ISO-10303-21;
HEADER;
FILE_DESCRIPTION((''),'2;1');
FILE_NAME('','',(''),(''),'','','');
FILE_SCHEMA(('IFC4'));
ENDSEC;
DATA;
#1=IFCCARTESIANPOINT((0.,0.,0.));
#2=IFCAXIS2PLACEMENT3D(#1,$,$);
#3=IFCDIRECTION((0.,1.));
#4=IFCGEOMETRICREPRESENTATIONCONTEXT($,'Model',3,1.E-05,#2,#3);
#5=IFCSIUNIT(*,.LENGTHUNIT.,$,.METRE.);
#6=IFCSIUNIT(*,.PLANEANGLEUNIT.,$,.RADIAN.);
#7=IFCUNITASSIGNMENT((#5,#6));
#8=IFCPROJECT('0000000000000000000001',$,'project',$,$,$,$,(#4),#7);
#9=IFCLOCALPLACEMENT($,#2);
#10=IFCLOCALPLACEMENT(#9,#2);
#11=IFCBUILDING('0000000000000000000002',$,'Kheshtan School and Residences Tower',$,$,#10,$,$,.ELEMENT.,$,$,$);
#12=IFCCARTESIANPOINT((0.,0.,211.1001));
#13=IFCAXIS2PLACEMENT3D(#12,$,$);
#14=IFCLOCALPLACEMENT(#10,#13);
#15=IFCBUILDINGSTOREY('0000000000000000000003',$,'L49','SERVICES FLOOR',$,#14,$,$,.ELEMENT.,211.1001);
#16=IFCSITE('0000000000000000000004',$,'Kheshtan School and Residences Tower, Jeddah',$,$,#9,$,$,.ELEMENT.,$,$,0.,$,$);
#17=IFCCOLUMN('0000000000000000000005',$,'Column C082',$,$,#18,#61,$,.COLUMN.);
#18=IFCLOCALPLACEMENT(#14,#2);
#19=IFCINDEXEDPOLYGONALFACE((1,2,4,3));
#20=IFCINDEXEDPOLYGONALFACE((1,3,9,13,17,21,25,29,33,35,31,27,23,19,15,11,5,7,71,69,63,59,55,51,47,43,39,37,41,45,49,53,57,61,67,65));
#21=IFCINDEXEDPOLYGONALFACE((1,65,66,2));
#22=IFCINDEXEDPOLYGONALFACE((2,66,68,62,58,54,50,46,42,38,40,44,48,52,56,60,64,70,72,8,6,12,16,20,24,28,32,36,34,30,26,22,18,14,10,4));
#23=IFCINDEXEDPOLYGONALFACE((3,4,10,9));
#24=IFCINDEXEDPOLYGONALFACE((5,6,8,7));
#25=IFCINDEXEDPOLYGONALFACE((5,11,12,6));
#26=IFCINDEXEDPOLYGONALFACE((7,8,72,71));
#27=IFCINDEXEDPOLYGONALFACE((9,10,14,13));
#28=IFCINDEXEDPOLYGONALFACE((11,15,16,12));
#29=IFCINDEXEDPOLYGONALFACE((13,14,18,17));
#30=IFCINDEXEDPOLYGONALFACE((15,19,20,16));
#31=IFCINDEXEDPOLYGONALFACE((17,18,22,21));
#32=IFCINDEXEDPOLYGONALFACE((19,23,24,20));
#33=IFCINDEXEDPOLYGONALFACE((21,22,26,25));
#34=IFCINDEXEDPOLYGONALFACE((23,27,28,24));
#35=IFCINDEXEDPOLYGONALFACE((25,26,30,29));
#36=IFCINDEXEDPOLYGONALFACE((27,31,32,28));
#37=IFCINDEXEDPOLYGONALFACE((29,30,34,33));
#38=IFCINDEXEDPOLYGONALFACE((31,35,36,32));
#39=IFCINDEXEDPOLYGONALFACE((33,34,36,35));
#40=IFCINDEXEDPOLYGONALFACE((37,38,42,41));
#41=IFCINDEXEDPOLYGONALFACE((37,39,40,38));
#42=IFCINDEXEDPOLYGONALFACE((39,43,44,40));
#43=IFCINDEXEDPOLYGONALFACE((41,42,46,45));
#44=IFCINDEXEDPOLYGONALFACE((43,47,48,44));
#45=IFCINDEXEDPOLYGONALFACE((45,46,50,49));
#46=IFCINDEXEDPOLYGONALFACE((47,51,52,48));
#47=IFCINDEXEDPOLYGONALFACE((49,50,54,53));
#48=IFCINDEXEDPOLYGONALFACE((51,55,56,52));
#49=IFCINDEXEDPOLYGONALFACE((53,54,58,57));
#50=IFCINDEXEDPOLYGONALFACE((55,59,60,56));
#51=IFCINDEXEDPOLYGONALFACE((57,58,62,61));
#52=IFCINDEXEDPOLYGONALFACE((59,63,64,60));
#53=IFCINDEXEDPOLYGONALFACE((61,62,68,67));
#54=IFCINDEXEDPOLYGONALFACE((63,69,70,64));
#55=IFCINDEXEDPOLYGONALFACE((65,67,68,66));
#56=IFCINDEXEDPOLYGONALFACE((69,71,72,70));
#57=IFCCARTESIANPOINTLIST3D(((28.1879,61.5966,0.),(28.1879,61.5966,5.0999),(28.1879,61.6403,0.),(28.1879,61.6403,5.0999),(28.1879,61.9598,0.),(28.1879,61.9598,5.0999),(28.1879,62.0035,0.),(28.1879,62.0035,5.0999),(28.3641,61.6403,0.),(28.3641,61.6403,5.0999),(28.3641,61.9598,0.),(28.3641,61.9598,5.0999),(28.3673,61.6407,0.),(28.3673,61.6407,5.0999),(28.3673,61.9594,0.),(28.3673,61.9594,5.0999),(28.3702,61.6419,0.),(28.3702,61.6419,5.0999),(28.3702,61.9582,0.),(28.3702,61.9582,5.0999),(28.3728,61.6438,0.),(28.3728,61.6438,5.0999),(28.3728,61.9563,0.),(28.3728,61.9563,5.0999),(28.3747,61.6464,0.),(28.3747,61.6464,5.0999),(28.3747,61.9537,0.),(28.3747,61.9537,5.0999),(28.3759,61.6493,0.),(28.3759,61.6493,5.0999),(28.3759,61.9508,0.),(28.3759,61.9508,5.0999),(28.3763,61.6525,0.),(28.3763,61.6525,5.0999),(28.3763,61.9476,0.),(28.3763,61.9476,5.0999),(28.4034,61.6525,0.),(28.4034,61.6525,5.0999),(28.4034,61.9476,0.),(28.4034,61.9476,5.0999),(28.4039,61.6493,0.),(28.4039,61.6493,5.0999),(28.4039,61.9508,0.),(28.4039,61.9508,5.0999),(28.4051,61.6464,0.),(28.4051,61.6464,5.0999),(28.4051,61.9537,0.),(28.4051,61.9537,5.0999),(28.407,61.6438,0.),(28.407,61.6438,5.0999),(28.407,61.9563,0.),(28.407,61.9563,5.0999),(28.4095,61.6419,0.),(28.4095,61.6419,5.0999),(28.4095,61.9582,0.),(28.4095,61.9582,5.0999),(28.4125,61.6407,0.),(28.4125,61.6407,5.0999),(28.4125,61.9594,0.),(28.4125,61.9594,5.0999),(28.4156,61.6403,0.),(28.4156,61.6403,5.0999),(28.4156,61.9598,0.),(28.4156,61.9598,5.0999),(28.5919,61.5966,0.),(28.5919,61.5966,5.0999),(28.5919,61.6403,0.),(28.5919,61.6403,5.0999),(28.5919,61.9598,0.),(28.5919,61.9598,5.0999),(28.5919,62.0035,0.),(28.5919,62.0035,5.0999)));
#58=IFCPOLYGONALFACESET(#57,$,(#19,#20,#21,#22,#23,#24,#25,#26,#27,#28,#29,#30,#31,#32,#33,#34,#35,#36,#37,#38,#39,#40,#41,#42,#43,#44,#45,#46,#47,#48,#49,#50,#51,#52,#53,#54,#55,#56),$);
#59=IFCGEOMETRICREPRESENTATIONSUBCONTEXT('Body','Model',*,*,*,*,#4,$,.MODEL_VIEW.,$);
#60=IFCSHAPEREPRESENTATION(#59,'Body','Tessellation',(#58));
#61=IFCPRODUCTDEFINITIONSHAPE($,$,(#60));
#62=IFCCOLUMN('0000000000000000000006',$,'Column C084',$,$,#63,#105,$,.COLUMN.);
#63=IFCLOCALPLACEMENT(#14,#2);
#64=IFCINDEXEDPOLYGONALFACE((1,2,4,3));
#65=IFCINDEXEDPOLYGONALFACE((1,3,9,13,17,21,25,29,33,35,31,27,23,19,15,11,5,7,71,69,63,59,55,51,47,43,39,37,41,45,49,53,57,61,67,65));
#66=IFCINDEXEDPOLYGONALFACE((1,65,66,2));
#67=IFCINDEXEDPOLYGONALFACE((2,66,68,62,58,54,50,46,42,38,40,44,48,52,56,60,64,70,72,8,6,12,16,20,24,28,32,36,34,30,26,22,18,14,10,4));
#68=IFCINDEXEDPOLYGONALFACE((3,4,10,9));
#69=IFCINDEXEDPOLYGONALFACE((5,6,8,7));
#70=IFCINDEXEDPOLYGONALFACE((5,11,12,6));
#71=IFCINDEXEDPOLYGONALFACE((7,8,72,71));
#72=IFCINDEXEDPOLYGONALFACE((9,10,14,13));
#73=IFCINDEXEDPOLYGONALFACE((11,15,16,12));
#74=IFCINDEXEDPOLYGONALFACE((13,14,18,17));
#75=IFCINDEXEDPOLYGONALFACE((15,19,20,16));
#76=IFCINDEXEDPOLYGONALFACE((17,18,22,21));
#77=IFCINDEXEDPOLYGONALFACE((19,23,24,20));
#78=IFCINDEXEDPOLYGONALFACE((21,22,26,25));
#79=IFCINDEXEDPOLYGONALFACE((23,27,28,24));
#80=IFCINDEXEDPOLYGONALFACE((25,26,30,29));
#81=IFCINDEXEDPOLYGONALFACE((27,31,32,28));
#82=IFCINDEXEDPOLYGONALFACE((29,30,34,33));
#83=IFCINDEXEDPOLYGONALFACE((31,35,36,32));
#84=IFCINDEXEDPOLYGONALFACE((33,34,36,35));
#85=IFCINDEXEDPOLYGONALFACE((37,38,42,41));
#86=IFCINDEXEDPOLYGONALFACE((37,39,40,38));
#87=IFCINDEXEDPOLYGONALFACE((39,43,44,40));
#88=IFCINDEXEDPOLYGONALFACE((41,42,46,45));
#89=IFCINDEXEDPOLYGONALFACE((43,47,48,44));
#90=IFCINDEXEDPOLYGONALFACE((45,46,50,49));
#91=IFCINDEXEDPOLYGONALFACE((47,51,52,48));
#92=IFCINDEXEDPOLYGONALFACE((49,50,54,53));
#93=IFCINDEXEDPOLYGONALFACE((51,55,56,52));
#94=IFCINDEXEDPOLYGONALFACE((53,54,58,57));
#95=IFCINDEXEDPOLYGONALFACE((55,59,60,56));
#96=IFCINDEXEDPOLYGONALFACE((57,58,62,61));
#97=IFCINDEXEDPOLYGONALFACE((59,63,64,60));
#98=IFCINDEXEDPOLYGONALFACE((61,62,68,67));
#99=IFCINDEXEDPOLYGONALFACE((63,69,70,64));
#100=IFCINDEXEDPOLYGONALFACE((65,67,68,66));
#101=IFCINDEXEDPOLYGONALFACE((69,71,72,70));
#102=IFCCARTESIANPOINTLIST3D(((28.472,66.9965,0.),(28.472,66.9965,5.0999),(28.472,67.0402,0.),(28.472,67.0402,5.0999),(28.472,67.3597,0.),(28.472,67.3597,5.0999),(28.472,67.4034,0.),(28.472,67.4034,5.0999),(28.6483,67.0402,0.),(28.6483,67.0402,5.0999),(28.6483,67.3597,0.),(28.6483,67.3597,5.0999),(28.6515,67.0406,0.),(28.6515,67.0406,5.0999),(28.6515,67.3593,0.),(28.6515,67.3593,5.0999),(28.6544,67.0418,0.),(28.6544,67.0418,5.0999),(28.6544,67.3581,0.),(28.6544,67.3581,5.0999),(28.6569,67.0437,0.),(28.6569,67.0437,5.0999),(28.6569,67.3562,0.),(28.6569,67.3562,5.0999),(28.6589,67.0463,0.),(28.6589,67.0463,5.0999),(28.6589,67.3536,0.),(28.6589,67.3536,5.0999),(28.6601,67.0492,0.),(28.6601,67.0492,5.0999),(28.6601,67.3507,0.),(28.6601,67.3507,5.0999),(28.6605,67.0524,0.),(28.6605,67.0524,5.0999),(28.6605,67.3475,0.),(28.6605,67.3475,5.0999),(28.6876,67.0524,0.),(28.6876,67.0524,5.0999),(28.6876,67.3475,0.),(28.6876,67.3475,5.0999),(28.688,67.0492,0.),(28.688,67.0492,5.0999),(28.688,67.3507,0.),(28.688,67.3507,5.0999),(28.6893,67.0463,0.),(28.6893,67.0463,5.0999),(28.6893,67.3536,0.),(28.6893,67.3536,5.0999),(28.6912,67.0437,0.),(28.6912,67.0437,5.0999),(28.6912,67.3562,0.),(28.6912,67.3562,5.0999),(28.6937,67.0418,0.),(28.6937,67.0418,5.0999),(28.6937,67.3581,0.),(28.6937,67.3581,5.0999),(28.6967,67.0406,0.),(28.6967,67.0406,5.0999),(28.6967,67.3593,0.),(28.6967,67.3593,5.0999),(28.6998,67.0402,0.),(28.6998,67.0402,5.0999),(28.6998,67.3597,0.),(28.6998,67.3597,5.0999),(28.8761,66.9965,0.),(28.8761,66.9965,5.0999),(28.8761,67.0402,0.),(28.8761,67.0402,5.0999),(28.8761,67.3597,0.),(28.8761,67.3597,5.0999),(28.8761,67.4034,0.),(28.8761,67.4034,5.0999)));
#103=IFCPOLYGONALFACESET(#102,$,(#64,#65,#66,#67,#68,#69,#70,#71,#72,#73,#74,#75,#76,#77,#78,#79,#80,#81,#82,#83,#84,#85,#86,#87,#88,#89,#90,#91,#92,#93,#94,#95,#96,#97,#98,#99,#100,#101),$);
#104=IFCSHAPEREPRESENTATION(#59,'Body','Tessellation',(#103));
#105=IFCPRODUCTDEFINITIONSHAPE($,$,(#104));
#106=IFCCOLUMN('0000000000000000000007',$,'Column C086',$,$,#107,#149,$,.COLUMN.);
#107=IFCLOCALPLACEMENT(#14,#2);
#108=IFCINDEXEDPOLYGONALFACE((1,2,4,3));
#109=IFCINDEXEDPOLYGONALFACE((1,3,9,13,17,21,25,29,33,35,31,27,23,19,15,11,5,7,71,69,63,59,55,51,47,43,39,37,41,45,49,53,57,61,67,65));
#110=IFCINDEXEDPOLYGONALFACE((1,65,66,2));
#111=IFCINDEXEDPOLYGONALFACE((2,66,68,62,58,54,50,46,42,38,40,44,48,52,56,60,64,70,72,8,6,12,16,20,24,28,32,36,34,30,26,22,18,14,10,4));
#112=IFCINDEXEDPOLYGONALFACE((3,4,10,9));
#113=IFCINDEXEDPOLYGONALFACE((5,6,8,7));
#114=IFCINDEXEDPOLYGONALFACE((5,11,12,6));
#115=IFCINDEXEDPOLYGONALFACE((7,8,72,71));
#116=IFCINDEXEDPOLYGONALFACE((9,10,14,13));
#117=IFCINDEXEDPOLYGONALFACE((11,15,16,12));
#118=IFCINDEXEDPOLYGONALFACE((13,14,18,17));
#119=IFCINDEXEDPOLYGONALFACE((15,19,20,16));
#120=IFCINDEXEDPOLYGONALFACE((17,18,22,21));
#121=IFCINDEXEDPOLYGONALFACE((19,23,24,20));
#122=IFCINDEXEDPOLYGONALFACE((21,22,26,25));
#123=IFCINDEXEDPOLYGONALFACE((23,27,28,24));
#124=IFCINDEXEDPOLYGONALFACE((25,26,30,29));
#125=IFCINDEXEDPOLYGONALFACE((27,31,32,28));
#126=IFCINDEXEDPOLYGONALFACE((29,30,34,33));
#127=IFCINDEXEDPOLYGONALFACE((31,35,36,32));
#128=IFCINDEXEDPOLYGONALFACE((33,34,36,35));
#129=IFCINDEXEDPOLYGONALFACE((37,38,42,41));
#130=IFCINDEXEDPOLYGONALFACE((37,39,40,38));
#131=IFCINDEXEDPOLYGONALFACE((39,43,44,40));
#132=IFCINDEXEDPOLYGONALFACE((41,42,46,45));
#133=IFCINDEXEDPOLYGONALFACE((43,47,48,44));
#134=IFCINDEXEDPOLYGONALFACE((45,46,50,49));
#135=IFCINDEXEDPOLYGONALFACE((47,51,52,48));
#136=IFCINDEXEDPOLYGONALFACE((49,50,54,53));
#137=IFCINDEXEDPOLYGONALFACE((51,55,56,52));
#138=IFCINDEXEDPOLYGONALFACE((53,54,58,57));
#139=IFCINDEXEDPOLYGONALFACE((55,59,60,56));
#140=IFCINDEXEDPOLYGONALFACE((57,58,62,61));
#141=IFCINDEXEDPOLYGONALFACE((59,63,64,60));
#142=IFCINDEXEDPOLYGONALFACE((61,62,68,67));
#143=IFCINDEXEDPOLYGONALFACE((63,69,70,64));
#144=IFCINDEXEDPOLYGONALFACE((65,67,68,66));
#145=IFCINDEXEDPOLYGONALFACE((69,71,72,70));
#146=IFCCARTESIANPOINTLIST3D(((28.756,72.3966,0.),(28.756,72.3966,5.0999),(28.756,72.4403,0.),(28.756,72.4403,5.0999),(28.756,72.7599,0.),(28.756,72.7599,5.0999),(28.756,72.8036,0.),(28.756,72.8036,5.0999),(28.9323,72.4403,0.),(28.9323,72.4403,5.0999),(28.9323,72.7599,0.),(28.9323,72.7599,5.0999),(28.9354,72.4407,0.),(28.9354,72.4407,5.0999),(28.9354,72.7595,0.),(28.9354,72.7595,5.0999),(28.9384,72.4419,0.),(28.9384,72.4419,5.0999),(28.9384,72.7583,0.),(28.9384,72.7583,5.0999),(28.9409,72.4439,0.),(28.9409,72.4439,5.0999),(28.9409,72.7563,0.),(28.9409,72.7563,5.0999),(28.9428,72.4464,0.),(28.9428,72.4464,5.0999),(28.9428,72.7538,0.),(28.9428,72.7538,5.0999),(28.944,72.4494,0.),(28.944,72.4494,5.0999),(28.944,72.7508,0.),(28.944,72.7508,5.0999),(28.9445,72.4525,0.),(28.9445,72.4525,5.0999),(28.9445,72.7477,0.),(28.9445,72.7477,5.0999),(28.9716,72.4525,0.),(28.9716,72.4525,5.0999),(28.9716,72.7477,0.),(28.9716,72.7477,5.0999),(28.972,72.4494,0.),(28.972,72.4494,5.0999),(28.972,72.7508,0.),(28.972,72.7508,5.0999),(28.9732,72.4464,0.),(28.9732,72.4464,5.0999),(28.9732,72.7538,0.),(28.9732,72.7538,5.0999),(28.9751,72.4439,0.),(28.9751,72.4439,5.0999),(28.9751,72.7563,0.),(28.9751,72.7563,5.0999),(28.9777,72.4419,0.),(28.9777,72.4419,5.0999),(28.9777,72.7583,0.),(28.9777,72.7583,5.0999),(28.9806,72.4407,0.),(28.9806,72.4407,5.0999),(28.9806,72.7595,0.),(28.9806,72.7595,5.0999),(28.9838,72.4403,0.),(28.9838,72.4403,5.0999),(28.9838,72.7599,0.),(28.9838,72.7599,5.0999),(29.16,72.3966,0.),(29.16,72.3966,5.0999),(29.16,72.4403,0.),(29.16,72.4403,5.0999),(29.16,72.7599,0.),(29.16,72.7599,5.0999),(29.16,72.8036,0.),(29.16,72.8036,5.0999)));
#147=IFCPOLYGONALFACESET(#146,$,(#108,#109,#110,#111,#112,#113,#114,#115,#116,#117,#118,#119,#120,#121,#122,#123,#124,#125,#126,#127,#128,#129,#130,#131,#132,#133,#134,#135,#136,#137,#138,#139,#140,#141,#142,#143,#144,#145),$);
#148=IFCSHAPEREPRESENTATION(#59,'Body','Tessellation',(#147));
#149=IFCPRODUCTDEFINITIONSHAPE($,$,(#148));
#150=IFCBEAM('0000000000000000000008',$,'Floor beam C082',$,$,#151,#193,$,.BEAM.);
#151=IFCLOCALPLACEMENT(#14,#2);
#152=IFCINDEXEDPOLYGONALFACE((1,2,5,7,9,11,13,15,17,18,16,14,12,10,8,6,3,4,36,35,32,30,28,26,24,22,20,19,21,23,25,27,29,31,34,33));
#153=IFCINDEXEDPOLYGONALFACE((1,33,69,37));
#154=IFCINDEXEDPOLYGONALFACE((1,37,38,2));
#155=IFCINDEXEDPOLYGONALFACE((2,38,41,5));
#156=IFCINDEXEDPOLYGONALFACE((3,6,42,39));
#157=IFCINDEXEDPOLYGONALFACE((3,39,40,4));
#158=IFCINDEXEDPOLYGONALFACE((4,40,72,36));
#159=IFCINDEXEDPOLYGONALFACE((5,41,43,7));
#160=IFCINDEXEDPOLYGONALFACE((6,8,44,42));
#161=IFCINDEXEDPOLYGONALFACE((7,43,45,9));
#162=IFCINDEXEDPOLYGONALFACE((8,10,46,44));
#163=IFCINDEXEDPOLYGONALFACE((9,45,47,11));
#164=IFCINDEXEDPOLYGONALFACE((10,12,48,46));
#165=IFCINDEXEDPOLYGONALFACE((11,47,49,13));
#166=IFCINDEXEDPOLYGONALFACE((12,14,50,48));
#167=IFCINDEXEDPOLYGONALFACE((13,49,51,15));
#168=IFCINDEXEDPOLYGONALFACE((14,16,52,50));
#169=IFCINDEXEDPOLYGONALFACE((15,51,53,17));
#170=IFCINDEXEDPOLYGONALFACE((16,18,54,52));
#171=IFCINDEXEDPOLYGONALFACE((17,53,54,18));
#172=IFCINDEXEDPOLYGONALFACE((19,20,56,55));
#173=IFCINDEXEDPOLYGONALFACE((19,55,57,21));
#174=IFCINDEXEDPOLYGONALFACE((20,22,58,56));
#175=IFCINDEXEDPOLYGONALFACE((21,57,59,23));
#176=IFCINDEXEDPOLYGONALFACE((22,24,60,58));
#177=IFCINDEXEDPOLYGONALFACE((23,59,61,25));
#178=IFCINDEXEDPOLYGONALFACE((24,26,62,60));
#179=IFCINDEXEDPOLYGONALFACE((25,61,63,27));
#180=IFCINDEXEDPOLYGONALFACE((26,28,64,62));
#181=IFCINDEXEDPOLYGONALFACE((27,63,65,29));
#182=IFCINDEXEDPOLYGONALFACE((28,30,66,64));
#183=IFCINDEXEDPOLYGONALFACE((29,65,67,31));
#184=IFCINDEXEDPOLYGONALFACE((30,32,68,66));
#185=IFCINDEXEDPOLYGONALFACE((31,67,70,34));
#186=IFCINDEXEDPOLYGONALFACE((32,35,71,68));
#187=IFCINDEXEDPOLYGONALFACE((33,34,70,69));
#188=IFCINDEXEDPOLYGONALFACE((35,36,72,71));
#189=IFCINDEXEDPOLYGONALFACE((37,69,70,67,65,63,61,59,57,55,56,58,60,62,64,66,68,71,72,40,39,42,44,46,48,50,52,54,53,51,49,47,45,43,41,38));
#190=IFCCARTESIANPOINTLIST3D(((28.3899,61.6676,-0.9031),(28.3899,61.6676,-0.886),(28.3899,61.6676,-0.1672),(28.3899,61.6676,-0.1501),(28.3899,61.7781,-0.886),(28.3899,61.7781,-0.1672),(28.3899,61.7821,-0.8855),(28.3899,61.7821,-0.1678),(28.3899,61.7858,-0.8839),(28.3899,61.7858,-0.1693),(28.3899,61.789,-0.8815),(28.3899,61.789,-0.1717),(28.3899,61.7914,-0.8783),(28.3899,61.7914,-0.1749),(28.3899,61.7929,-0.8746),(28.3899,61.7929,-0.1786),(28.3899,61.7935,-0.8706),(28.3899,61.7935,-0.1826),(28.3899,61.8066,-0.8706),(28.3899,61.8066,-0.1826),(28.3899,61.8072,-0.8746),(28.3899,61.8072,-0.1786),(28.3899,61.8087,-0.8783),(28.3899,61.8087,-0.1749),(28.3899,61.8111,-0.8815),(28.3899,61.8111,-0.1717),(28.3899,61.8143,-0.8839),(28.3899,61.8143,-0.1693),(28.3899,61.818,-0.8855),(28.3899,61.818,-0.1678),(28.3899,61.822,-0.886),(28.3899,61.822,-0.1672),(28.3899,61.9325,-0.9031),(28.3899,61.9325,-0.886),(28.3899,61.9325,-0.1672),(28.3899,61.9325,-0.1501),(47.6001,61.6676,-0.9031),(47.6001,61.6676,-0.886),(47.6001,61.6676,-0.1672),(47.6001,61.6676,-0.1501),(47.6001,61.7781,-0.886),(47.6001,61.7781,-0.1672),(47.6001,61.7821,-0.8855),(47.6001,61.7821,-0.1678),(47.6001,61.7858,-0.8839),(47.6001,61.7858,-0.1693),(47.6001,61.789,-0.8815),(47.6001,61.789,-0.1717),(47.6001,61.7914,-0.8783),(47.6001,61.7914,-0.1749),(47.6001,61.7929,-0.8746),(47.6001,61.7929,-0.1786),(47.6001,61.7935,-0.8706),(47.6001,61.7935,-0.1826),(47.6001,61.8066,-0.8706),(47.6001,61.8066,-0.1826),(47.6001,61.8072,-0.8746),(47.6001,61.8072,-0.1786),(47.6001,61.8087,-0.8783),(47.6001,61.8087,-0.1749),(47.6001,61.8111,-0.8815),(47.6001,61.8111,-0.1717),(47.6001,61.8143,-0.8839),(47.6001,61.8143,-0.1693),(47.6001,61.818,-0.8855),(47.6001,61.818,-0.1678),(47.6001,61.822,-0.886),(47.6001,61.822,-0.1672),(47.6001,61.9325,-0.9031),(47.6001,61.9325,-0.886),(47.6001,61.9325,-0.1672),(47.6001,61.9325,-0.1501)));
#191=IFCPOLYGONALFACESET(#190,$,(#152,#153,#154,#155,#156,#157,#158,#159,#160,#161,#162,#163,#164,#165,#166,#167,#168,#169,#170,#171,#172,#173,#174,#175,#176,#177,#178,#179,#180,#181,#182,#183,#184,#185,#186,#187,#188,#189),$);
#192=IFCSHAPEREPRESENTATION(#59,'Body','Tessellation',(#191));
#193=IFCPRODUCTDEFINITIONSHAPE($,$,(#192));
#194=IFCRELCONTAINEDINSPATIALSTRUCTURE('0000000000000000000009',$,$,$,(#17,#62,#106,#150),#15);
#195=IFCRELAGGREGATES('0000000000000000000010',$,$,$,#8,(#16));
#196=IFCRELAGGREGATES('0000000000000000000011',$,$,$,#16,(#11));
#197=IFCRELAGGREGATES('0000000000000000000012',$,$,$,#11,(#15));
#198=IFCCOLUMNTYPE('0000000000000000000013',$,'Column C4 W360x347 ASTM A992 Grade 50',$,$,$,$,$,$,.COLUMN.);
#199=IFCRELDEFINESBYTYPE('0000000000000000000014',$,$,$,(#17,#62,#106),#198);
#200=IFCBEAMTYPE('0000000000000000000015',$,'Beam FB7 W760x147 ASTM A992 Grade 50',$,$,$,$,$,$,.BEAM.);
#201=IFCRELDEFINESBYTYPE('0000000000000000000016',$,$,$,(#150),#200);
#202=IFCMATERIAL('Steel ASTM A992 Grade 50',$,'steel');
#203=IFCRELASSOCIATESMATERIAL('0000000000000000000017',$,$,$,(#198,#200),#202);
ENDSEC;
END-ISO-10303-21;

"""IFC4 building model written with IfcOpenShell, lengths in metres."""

from ifc_helpers import new_model, si_unit, direction, frame, origin, origin_2d, place, context, subcontext, project, spatial, i_section, extrude, material, material_profile, profile_set, type_object, element, save


model = new_model("IFC4")

# Units and contexts
model_context = context("Model", 3, precision=1e-05, world=origin(), true_north=direction((0.0, 1.0)))
body_context = subcontext(model_context, "Body", "Model", "MODEL_VIEW")
ifc_project = project(units=[si_unit("LENGTHUNIT", "METRE"), si_unit("PLANEANGLEUNIT", "RADIAN")], contexts=[model_context])

# Site, building, storey
site_placement = place(None, origin())
site = spatial("IfcSite", under=ifc_project, at=site_placement, Name="Kheshtan School and Residences Tower, Jeddah", CompositionType="ELEMENT", RefElevation=0.0)
building_placement = place(site_placement, origin())
building = spatial("IfcBuilding", under=site, at=building_placement, Name="Kheshtan School and Residences Tower", CompositionType="ELEMENT")
storey_placement = place(building_placement, frame((0.0, 0.0, 211.1001)))
storey = spatial("IfcBuildingStorey", under=building, at=storey_placement, Name="L49", Description="SERVICES FLOOR", CompositionType="ELEMENT", Elevation=211.1001)

# Columns
ifc_material_1 = material(Name="Steel ASTM A992 Grade 50", Category="steel")
ifc_material_profile_1 = material_profile(ifc_material_1, i_section(OverallWidth=0.4041, OverallDepth=0.407, WebThickness=0.0271, FlangeThickness=0.0437, FilletRadius=0.0122, at=origin_2d()), Name="W360x347")
ifc_profile_set_1 = profile_set([ifc_material_profile_1], Name="Steel ASTM A992 Grade 50")
column_type = type_object("IfcColumnType", Name="Column C4 W360x347 ASTM A992 Grade 50", PredefinedType="COLUMN", material=ifc_profile_set_1)
for number, where, z_axis, x_axis, name in (
    (1, (28.3899, 61.8, 0.0), (0.0, 0.0, 1.0), (1.0, 0.0, 0.0), "Column C082"),
    (2, (28.6741, 67.2, 0.0), (0.0, 0.0, 1.0), (1.0, 0.0, 0.0), "Column C084"),
    (3, (28.958, 72.6001, 0.0), (0.0, 0.0, 1.0), (1.0, 0.0, 0.0), "Column C086"),
):
    element("IfcColumn", number, at=place(storey_placement, frame(where, z_axis=z_axis, x_axis=x_axis)), inside=storey, type_object=column_type, Name=name, PredefinedType="COLUMN", context=body_context, shape_type="SweptSolid", body=[
        extrude(i_section(OverallWidth=0.4041, OverallDepth=0.407, WebThickness=0.0271, FlangeThickness=0.0437, FilletRadius=0.0122, at=origin_2d()), origin(), (0.0, 0.0, 1.0), 5.0999),
    ])

# Beam
ifc_material_profile_2 = material_profile(ifc_material_1, i_section(OverallWidth=0.2649, OverallDepth=0.7529, WebThickness=0.0132, FlangeThickness=0.0171, FilletRadius=0.0154, at=origin_2d()), Name="W760x147")
ifc_profile_set_2 = profile_set([ifc_material_profile_2], Name="Steel ASTM A992 Grade 50")
beam_type_1 = type_object("IfcBeamType", Name="Beam FB7 W760x147 ASTM A992 Grade 50", PredefinedType="BEAM", material=ifc_profile_set_2)
beam_1_placement = place(storey_placement, frame((28.3899, 61.8, -0.5266), z_axis=(1.0, 0.0, 0.0), x_axis=(0.0, 1.0, 0.0)))
element("IfcBeam", 4, at=beam_1_placement, inside=storey, type_object=beam_type_1, Name="Floor beam C082", PredefinedType="BEAM", context=body_context, shape_type="SweptSolid", body=[
    extrude(i_section(OverallWidth=0.2649, OverallDepth=0.7529, WebThickness=0.0132, FlangeThickness=0.0171, FilletRadius=0.0154, at=origin_2d()), origin(), (0.0, 0.0, 1.0), 19.2102),
])

save(model, "model.ifc")
